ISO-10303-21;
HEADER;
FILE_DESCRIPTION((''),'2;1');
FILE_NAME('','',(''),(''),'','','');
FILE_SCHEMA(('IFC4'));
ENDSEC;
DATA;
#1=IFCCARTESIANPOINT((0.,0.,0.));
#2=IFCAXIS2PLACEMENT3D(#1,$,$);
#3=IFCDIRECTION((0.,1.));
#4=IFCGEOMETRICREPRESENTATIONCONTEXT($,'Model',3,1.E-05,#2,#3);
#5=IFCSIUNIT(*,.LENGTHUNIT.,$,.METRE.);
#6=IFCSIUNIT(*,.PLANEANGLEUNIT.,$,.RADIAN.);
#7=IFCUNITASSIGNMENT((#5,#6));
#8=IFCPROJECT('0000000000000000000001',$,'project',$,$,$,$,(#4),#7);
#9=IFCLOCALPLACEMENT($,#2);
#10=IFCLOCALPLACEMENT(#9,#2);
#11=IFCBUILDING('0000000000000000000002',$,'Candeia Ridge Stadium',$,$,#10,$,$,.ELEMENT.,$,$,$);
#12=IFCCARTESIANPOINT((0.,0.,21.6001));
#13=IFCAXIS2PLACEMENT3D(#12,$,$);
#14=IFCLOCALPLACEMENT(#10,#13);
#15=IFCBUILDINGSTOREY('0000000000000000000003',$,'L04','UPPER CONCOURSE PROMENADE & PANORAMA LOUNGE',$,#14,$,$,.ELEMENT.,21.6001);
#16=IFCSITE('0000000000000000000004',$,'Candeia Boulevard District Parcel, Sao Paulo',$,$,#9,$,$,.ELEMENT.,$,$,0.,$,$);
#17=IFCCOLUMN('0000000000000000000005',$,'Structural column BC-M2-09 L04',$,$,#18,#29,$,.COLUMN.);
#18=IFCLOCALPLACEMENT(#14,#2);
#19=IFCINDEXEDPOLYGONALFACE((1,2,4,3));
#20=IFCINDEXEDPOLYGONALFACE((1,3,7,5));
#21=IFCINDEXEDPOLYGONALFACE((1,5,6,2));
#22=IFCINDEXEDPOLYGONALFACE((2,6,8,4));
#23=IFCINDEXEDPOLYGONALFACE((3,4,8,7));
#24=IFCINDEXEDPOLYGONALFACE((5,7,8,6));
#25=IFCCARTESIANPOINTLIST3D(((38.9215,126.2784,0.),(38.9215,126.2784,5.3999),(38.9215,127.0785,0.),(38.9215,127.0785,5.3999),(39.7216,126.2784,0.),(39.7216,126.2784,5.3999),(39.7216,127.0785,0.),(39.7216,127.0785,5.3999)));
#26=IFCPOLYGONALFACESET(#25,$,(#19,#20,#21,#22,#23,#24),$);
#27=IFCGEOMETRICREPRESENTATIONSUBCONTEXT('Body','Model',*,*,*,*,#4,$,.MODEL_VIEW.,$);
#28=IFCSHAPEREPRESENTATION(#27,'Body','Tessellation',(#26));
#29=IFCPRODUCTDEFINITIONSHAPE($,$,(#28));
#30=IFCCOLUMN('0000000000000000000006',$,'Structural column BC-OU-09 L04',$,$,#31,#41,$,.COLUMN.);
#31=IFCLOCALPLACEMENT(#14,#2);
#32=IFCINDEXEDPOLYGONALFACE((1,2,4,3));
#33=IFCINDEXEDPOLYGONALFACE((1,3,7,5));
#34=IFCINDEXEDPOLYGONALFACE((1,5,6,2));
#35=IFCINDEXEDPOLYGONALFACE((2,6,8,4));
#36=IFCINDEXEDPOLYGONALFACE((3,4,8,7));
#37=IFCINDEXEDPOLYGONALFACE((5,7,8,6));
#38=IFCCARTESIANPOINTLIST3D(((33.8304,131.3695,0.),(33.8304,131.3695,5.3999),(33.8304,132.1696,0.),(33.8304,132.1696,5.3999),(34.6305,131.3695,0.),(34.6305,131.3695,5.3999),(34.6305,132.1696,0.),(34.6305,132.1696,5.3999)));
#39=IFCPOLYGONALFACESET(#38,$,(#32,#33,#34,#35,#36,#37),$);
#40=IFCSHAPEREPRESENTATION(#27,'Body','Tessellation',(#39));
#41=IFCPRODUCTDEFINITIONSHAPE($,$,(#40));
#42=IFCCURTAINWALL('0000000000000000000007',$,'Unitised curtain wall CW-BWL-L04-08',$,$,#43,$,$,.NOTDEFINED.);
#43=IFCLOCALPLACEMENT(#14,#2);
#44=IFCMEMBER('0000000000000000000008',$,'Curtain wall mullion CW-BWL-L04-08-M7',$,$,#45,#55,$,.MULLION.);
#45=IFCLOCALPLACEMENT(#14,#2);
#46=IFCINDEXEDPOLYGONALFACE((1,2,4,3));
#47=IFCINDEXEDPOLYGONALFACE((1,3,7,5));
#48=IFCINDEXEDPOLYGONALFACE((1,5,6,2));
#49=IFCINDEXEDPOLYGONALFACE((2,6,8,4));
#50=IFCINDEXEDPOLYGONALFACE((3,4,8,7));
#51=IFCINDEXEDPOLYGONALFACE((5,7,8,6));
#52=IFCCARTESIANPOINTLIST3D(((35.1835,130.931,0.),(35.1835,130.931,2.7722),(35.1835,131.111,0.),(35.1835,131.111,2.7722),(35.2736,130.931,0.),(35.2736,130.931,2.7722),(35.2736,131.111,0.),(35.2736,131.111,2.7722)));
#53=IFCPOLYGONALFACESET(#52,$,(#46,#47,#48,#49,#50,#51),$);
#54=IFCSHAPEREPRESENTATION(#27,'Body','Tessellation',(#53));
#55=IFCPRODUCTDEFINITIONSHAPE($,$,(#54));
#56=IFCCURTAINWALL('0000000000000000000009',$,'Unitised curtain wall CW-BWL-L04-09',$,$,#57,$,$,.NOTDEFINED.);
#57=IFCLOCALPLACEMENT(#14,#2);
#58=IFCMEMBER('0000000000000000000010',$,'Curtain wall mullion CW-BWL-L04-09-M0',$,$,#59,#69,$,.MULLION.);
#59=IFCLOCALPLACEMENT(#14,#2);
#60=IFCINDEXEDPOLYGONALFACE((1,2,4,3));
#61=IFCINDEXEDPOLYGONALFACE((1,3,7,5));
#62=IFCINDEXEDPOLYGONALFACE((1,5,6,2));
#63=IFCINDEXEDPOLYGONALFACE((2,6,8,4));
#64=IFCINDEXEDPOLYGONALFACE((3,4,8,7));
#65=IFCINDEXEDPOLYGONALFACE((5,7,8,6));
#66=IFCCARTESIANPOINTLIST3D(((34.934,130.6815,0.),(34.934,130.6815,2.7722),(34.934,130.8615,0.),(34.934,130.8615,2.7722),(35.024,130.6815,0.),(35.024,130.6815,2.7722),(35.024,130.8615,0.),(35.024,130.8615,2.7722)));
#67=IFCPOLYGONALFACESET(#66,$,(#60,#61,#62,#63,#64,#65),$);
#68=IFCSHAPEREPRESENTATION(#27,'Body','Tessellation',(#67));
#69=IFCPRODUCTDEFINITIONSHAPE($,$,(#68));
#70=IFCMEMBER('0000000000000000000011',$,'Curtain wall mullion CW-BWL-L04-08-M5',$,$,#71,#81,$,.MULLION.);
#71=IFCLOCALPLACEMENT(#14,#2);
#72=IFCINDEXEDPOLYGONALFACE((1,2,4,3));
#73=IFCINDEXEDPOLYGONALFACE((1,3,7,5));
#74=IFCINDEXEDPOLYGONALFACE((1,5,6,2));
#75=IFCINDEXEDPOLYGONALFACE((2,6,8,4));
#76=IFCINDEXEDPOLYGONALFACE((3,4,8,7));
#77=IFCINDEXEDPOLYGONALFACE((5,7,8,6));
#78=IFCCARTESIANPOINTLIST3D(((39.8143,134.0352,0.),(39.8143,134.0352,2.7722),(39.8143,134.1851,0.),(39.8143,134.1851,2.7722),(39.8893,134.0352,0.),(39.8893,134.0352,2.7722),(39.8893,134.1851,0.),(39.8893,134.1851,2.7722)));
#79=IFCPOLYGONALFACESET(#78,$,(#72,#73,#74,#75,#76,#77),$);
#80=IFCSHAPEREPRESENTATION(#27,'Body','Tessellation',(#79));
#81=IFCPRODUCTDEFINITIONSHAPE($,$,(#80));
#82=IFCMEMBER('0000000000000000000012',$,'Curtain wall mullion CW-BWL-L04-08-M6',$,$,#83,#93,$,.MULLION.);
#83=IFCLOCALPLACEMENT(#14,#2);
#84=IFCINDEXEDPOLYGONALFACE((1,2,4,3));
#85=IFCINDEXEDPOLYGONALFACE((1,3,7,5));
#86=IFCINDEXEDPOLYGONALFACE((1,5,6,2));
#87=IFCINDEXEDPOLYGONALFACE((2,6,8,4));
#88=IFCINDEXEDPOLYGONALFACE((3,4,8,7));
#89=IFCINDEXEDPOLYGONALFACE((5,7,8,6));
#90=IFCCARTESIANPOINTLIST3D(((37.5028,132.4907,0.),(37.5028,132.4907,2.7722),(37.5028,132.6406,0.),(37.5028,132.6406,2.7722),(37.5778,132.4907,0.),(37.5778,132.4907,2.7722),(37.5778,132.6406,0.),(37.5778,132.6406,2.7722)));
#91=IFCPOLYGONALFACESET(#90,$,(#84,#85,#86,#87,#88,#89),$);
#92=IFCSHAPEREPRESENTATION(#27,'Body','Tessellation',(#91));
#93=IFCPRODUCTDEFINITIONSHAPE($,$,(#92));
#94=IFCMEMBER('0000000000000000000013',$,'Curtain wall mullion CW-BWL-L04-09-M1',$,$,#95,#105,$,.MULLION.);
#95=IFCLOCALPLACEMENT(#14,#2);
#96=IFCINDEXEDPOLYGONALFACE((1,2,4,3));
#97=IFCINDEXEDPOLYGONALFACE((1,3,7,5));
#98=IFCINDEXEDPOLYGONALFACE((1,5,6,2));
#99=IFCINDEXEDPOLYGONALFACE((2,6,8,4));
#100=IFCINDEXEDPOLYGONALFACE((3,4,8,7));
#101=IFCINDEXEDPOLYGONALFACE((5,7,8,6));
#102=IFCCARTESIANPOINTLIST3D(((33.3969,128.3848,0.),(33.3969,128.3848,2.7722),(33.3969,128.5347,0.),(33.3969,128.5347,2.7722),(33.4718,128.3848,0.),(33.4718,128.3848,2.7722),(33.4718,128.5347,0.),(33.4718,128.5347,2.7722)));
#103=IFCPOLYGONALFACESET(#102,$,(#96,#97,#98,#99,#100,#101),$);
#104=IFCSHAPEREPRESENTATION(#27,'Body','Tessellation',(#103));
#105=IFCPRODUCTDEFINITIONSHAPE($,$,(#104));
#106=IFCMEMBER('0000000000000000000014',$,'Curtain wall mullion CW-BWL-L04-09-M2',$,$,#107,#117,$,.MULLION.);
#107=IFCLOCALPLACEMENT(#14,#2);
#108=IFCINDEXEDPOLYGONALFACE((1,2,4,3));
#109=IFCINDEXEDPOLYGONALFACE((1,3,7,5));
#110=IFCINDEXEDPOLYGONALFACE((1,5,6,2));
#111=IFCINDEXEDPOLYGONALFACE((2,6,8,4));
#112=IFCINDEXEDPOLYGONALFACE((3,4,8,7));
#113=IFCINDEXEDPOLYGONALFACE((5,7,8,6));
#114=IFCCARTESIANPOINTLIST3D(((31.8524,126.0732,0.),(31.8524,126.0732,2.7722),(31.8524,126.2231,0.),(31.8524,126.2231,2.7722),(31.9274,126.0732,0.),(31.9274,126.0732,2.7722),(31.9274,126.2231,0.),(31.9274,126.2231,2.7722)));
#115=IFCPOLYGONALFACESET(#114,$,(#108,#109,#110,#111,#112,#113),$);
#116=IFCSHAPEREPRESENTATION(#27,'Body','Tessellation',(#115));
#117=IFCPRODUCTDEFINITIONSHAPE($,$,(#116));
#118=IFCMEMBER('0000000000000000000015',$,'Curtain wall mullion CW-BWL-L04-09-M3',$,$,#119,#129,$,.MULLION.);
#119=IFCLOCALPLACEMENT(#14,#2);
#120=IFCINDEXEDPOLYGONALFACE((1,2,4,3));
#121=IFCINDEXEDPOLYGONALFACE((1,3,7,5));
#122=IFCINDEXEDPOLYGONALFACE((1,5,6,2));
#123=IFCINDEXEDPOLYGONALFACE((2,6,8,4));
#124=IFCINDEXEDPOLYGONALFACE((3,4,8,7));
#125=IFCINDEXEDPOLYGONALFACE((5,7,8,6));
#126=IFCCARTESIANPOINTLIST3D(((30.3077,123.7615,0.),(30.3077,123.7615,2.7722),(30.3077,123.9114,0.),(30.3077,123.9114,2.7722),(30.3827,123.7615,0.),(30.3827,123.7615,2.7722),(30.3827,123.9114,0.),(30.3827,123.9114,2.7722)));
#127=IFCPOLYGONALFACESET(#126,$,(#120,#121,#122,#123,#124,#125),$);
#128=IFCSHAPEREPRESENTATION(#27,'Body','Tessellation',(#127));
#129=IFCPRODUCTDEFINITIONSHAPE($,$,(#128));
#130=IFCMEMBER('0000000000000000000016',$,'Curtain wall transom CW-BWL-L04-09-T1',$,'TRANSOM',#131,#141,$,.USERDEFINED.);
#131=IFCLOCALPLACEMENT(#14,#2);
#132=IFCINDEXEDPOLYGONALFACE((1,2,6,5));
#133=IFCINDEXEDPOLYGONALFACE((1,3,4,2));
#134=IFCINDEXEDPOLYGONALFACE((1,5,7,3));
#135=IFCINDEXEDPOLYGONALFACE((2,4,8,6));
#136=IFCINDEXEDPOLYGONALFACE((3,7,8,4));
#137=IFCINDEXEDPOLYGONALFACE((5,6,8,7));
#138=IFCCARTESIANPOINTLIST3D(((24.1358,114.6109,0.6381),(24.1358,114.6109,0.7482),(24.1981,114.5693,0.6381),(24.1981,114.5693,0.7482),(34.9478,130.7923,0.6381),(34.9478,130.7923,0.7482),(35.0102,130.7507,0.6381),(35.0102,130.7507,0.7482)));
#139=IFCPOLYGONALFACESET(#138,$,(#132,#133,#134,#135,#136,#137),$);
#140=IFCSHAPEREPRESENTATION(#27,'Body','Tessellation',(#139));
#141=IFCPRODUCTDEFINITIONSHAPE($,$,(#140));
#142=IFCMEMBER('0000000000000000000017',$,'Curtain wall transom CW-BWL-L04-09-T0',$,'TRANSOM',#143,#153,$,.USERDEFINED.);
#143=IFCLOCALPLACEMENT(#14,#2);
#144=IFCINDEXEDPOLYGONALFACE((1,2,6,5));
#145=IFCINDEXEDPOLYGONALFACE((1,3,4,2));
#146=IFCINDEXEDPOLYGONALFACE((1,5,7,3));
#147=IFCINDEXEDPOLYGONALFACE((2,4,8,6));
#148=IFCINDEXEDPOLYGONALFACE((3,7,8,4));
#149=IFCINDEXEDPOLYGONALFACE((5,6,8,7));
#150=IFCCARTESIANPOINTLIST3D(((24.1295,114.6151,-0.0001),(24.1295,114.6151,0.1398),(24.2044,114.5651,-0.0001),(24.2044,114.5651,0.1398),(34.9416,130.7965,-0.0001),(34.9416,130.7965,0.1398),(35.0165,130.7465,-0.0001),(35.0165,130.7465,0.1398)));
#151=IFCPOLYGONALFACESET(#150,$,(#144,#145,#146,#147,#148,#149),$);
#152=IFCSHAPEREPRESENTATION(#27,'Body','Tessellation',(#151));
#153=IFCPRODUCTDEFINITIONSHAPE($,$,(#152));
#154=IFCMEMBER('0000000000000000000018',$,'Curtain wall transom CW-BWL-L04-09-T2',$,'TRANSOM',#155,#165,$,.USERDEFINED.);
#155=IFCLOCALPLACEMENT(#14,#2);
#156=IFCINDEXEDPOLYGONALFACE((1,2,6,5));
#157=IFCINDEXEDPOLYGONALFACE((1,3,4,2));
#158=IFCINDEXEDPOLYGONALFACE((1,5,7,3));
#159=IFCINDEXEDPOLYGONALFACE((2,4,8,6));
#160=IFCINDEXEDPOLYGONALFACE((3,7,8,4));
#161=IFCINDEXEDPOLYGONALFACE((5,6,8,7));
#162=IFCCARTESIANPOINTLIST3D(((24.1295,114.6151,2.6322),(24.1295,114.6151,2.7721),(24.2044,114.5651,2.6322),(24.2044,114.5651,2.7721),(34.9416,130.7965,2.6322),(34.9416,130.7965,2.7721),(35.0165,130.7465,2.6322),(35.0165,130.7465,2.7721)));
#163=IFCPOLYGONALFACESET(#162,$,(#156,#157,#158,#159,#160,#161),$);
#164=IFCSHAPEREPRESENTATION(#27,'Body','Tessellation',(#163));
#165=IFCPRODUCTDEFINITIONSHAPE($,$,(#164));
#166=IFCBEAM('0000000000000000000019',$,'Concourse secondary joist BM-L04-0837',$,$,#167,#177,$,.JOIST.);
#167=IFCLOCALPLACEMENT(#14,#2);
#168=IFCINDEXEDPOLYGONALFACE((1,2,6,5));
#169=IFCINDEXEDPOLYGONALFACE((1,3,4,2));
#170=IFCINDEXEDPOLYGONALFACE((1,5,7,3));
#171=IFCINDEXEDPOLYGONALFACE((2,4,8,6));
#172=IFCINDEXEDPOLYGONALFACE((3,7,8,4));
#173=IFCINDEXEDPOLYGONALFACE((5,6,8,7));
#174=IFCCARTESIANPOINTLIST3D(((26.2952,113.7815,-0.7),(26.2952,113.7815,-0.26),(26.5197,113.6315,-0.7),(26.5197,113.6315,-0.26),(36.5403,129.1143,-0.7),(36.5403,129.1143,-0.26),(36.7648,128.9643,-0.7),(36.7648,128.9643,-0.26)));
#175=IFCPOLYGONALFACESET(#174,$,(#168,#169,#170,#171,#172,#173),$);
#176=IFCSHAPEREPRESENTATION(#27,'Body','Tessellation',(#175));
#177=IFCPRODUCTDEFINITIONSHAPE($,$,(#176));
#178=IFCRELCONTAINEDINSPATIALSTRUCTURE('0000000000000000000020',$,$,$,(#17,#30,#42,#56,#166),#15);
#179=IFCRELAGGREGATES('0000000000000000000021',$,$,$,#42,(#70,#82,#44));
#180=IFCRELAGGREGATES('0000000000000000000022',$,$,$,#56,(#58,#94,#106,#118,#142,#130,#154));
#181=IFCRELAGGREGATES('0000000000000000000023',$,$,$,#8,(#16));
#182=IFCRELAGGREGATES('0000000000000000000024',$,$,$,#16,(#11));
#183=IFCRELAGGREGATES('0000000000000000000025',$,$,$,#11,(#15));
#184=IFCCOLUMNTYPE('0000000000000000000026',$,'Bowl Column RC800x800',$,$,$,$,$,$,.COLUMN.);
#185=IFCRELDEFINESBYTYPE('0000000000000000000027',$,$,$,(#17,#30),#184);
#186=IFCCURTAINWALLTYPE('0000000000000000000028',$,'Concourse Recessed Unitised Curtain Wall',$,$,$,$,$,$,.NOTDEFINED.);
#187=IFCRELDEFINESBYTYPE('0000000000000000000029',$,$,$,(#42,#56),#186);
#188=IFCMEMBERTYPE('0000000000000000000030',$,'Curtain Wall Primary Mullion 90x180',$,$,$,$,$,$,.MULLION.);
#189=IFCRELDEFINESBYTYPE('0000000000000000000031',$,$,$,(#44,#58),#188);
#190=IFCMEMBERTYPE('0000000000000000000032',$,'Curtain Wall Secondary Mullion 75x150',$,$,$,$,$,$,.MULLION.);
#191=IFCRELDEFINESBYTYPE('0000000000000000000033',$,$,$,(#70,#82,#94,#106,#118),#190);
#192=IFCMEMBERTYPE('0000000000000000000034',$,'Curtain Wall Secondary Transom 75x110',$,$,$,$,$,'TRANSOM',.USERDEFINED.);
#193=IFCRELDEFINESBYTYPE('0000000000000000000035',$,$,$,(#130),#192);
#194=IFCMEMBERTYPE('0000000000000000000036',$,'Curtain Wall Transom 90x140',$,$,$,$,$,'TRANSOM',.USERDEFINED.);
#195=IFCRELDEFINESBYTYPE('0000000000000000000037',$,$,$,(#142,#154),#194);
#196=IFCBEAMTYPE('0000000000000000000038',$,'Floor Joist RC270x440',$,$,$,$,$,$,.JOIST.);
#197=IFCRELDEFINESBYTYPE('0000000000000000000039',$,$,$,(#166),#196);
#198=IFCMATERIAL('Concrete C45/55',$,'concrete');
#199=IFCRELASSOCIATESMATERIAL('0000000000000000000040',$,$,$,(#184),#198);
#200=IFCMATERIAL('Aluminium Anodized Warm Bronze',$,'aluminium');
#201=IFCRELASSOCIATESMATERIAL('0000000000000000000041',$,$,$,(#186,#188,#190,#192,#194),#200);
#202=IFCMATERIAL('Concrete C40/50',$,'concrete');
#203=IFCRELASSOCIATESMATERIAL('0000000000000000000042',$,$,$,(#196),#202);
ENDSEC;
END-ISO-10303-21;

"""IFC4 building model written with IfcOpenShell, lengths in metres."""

from ifc_helpers import new_model, si_unit, direction, frame, origin, origin_2d, place, context, subcontext, project, spatial, rectangle, extrude, material, material_profile, profile_set, type_object, element, aggregate, save


model = new_model("IFC4")

# Units and contexts
model_context = context("Model", 3, precision=1e-05, world=origin(), true_north=direction((0.0, 1.0)))
body_context = subcontext(model_context, "Body", "Model", "MODEL_VIEW")
ifc_project = project(units=[si_unit("LENGTHUNIT", "METRE"), si_unit("PLANEANGLEUNIT", "RADIAN")], contexts=[model_context])

# Site, building, storey
site_placement = place(None, origin())
site = spatial("IfcSite", under=ifc_project, at=site_placement, Name="Candeia Boulevard District Parcel, Sao Paulo", CompositionType="ELEMENT", RefElevation=0.0)
building_placement = place(site_placement, origin())
building = spatial("IfcBuilding", under=site, at=building_placement, Name="Candeia Ridge Stadium", CompositionType="ELEMENT")
storey_placement = place(building_placement, frame((0.0, 0.0, 21.6001)))
storey = spatial("IfcBuildingStorey", under=building, at=storey_placement, Name="L04", Description="UPPER CONCOURSE PROMENADE & PANORAMA LOUNGE", CompositionType="ELEMENT", Elevation=21.6001)

# Columns
ifc_material_1 = material(Name="Concrete C45/55", Category="concrete")
ifc_material_profile_1 = material_profile(ifc_material_1, rectangle(XDim=0.8, YDim=0.8, at=origin_2d()), Name="RC800x800", Category="concrete")
ifc_profile_set_1 = profile_set([ifc_material_profile_1], Name="Concrete C45/55")
column_type = type_object("IfcColumnType", Name="Bowl Column RC800x800", PredefinedType="COLUMN", material=ifc_profile_set_1)
for number, where, z_axis, x_axis, name in (
    (1, (39.3215, 126.6785, 0.0), (0.0, 0.0, 1.0), (1.0, 0.0, 0.0), "Structural column BC-M2-09 L04"),
    (2, (34.2305, 131.7695, 0.0), (0.0, 0.0, 1.0), (1.0, 0.0, 0.0), "Structural column BC-OU-09 L04"),
):
    element("IfcColumn", number, at=place(storey_placement, frame(where, z_axis=z_axis, x_axis=x_axis)), inside=storey, type_object=column_type, Name=name, PredefinedType="COLUMN", context=body_context, shape_type="SweptSolid", body=[
        extrude(rectangle(XDim=0.8, YDim=0.8, at=origin_2d()), origin(), (0.0, 0.0, 1.0), 5.3999),
    ])

# Curtain walls, members
ifc_material_2 = material(Name="Aluminium Anodized Warm Bronze", Category="aluminium")
curtain_wall_type = type_object("IfcCurtainWallType", Name="Concourse Recessed Unitised Curtain Wall", PredefinedType="NOTDEFINED", material=ifc_material_2)
curtain_wall_1_placement = place(storey_placement, origin())
curtain_wall_1 = element("IfcCurtainWall", 3, at=curtain_wall_1_placement, inside=storey, type_object=curtain_wall_type, Name="Unitised curtain wall CW-BWL-L04-08", PredefinedType="NOTDEFINED")
ifc_material_profile_2 = material_profile(ifc_material_2, rectangle(XDim=0.0901, YDim=0.1799, at=origin_2d()), Name="CWM-90x180", Category="aluminium")
ifc_profile_set_2 = profile_set([ifc_material_profile_2], Name="Aluminium Anodized Warm Bronze")
member_type_1 = type_object("IfcMemberType", Name="Curtain Wall Primary Mullion 90x180", PredefinedType="MULLION", material=ifc_profile_set_2)
member_1_placement = place(storey_placement, frame((35.2285, 131.021, 0.0), z_axis=(0.0, 0.0, 1.0), x_axis=(1.0, 0.0, 0.0)))
member_1 = element("IfcMember", 4, at=member_1_placement, type_object=member_type_1, Name="Curtain wall mullion CW-BWL-L04-08-M7", PredefinedType="MULLION", context=body_context, shape_type="SweptSolid", body=[
    extrude(rectangle(XDim=0.0901, YDim=0.1799, at=origin_2d()), origin(), (0.0, 0.0, 1.0), 2.7722),
])
curtain_wall_2_placement = place(storey_placement, origin())
curtain_wall_2 = element("IfcCurtainWall", 5, at=curtain_wall_2_placement, inside=storey, type_object=curtain_wall_type, Name="Unitised curtain wall CW-BWL-L04-09", PredefinedType="NOTDEFINED")
member_2_placement = place(storey_placement, frame((34.979, 130.7715, 0.0), z_axis=(0.0, 0.0, 1.0), x_axis=(1.0, 0.0, 0.0)))
member_2 = element("IfcMember", 6, at=member_2_placement, type_object=member_type_1, Name="Curtain wall mullion CW-BWL-L04-09-M0", PredefinedType="MULLION", context=body_context, shape_type="SweptSolid", body=[
    extrude(rectangle(XDim=0.0901, YDim=0.1799, at=origin_2d()), origin(), (0.0, 0.0, 1.0), 2.7722),
])

# Members
ifc_material_profile_3 = material_profile(ifc_material_2, rectangle(XDim=0.075, YDim=0.1499, at=origin_2d()), Name="CWM-75x150", Category="aluminium")
ifc_profile_set_3 = profile_set([ifc_material_profile_3], Name="Aluminium Anodized Warm Bronze")
member_type_2 = type_object("IfcMemberType", Name="Curtain Wall Secondary Mullion 75x150", PredefinedType="MULLION", material=ifc_profile_set_3)
member_3_placement = place(storey_placement, frame((39.8518, 134.1101, 0.0), z_axis=(0.0, 0.0, 1.0), x_axis=(1.0, 0.0, 0.0)))
member_3 = element("IfcMember", 7, at=member_3_placement, type_object=member_type_2, Name="Curtain wall mullion CW-BWL-L04-08-M5", PredefinedType="MULLION", context=body_context, shape_type="SweptSolid", body=[
    extrude(rectangle(XDim=0.075, YDim=0.1499, at=origin_2d()), origin(), (0.0, 0.0, 1.0), 2.7722),
])
member_4_placement = place(storey_placement, frame((37.5403, 132.5657, 0.0), z_axis=(0.0, 0.0, 1.0), x_axis=(1.0, 0.0, 0.0)))
member_4 = element("IfcMember", 8, at=member_4_placement, type_object=member_type_2, Name="Curtain wall mullion CW-BWL-L04-08-M6", PredefinedType="MULLION", context=body_context, shape_type="SweptSolid", body=[
    extrude(rectangle(XDim=0.075, YDim=0.1499, at=origin_2d()), origin(), (0.0, 0.0, 1.0), 2.7722),
])
member_5_placement = place(storey_placement, frame((33.4343, 128.4597, 0.0), z_axis=(0.0, 0.0, 1.0), x_axis=(1.0, 0.0, 0.0)))
member_5 = element("IfcMember", 9, at=member_5_placement, type_object=member_type_2, Name="Curtain wall mullion CW-BWL-L04-09-M1", PredefinedType="MULLION", context=body_context, shape_type="SweptSolid", body=[
    extrude(rectangle(XDim=0.075, YDim=0.1499, at=origin_2d()), origin(), (0.0, 0.0, 1.0), 2.7722),
])
member_6_placement = place(storey_placement, frame((31.8899, 126.1482, 0.0), z_axis=(0.0, 0.0, 1.0), x_axis=(1.0, 0.0, 0.0)))
member_6 = element("IfcMember", 10, at=member_6_placement, type_object=member_type_2, Name="Curtain wall mullion CW-BWL-L04-09-M2", PredefinedType="MULLION", context=body_context, shape_type="SweptSolid", body=[
    extrude(rectangle(XDim=0.075, YDim=0.1499, at=origin_2d()), origin(), (0.0, 0.0, 1.0), 2.7722),
])
member_7_placement = place(storey_placement, frame((30.3452, 123.8364, 0.0), z_axis=(0.0, 0.0, 1.0), x_axis=(1.0, 0.0, 0.0)))
member_7 = element("IfcMember", 11, at=member_7_placement, type_object=member_type_2, Name="Curtain wall mullion CW-BWL-L04-09-M3", PredefinedType="MULLION", context=body_context, shape_type="SweptSolid", body=[
    extrude(rectangle(XDim=0.075, YDim=0.1499, at=origin_2d()), origin(), (0.0, 0.0, 1.0), 2.7722),
])
ifc_material_profile_4 = material_profile(ifc_material_2, rectangle(XDim=0.075, YDim=0.1101, at=origin_2d()), Name="CWT-75x110", Category="aluminium")
ifc_profile_set_4 = profile_set([ifc_material_profile_4], Name="Aluminium Anodized Warm Bronze")
member_type_3 = type_object("IfcMemberType", Name="Curtain Wall Secondary Transom 75x110", ElementType="TRANSOM", PredefinedType="USERDEFINED", material=ifc_profile_set_4)
member_8_placement = place(storey_placement, frame((34.979, 130.7715, 0.6931), z_axis=(-0.555568, -0.831471, 0.0), x_axis=(0.831471, -0.555568, 0.0)))
member_8 = element("IfcMember", 12, at=member_8_placement, type_object=member_type_3, Name="Curtain wall transom CW-BWL-L04-09-T1", ObjectType="TRANSOM", PredefinedType="USERDEFINED", context=body_context, shape_type="SweptSolid", body=[
    extrude(rectangle(XDim=0.075, YDim=0.1101, at=origin_2d()), origin(), (0.0, 0.0, 1.0), 19.4612),
])
ifc_material_profile_5 = material_profile(ifc_material_2, rectangle(XDim=0.0901, YDim=0.1399, at=origin_2d()), Name="CWT-90x140", Category="aluminium")
ifc_profile_set_5 = profile_set([ifc_material_profile_5], Name="Aluminium Anodized Warm Bronze")
member_type_4 = type_object("IfcMemberType", Name="Curtain Wall Transom 90x140", ElementType="TRANSOM", PredefinedType="USERDEFINED", material=ifc_profile_set_5)
member_9_placement = place(storey_placement, frame((34.979, 130.7715, 0.0698), z_axis=(-0.555568, -0.831471, 0.0), x_axis=(0.831471, -0.555568, 0.0)))
member_9 = element("IfcMember", 13, at=member_9_placement, type_object=member_type_4, Name="Curtain wall transom CW-BWL-L04-09-T0", ObjectType="TRANSOM", PredefinedType="USERDEFINED", context=body_context, shape_type="SweptSolid", body=[
    extrude(rectangle(XDim=0.0901, YDim=0.1399, at=origin_2d()), origin(), (0.0, 0.0, 1.0), 19.4612),
])
member_10_placement = place(storey_placement, frame((34.979, 130.7715, 2.7021), z_axis=(-0.555568, -0.831471, 0.0), x_axis=(0.831471, -0.555568, 0.0)))
member_10 = element("IfcMember", 14, at=member_10_placement, type_object=member_type_4, Name="Curtain wall transom CW-BWL-L04-09-T2", ObjectType="TRANSOM", PredefinedType="USERDEFINED", context=body_context, shape_type="SweptSolid", body=[
    extrude(rectangle(XDim=0.0901, YDim=0.1399, at=origin_2d()), origin(), (0.0, 0.0, 1.0), 19.4612),
])

# Beam
ifc_material_3 = material(Name="Concrete C40/50", Category="concrete")
ifc_material_profile_6 = material_profile(ifc_material_3, rectangle(XDim=0.27, YDim=0.4399, at=origin_2d()), Name="RC270x440", Category="concrete")
ifc_profile_set_6 = profile_set([ifc_material_profile_6], Name="Concrete C40/50")
beam_type_1 = type_object("IfcBeamType", Name="Floor Joist RC270x440", PredefinedType="JOIST", material=ifc_profile_set_6)
beam_1_placement = place(storey_placement, frame((36.6526, 129.0393, -0.48), z_axis=(-0.555574, -0.831467, 0.0), x_axis=(0.831467, -0.555574, 0.0)))
element("IfcBeam", 15, at=beam_1_placement, inside=storey, type_object=beam_type_1, Name="Concourse secondary joist BM-L04-0837", PredefinedType="JOIST", context=body_context, shape_type="SweptSolid", body=[
    extrude(rectangle(XDim=0.27, YDim=0.4399, at=origin_2d()), origin(), (0.0, 0.0, 1.0), 18.4407),
])

aggregate(curtain_wall_1, [member_3, member_4, member_1])
aggregate(curtain_wall_2, [member_2, member_5, member_6, member_7, member_9, member_8, member_10])

save(model, "model.ifc")
